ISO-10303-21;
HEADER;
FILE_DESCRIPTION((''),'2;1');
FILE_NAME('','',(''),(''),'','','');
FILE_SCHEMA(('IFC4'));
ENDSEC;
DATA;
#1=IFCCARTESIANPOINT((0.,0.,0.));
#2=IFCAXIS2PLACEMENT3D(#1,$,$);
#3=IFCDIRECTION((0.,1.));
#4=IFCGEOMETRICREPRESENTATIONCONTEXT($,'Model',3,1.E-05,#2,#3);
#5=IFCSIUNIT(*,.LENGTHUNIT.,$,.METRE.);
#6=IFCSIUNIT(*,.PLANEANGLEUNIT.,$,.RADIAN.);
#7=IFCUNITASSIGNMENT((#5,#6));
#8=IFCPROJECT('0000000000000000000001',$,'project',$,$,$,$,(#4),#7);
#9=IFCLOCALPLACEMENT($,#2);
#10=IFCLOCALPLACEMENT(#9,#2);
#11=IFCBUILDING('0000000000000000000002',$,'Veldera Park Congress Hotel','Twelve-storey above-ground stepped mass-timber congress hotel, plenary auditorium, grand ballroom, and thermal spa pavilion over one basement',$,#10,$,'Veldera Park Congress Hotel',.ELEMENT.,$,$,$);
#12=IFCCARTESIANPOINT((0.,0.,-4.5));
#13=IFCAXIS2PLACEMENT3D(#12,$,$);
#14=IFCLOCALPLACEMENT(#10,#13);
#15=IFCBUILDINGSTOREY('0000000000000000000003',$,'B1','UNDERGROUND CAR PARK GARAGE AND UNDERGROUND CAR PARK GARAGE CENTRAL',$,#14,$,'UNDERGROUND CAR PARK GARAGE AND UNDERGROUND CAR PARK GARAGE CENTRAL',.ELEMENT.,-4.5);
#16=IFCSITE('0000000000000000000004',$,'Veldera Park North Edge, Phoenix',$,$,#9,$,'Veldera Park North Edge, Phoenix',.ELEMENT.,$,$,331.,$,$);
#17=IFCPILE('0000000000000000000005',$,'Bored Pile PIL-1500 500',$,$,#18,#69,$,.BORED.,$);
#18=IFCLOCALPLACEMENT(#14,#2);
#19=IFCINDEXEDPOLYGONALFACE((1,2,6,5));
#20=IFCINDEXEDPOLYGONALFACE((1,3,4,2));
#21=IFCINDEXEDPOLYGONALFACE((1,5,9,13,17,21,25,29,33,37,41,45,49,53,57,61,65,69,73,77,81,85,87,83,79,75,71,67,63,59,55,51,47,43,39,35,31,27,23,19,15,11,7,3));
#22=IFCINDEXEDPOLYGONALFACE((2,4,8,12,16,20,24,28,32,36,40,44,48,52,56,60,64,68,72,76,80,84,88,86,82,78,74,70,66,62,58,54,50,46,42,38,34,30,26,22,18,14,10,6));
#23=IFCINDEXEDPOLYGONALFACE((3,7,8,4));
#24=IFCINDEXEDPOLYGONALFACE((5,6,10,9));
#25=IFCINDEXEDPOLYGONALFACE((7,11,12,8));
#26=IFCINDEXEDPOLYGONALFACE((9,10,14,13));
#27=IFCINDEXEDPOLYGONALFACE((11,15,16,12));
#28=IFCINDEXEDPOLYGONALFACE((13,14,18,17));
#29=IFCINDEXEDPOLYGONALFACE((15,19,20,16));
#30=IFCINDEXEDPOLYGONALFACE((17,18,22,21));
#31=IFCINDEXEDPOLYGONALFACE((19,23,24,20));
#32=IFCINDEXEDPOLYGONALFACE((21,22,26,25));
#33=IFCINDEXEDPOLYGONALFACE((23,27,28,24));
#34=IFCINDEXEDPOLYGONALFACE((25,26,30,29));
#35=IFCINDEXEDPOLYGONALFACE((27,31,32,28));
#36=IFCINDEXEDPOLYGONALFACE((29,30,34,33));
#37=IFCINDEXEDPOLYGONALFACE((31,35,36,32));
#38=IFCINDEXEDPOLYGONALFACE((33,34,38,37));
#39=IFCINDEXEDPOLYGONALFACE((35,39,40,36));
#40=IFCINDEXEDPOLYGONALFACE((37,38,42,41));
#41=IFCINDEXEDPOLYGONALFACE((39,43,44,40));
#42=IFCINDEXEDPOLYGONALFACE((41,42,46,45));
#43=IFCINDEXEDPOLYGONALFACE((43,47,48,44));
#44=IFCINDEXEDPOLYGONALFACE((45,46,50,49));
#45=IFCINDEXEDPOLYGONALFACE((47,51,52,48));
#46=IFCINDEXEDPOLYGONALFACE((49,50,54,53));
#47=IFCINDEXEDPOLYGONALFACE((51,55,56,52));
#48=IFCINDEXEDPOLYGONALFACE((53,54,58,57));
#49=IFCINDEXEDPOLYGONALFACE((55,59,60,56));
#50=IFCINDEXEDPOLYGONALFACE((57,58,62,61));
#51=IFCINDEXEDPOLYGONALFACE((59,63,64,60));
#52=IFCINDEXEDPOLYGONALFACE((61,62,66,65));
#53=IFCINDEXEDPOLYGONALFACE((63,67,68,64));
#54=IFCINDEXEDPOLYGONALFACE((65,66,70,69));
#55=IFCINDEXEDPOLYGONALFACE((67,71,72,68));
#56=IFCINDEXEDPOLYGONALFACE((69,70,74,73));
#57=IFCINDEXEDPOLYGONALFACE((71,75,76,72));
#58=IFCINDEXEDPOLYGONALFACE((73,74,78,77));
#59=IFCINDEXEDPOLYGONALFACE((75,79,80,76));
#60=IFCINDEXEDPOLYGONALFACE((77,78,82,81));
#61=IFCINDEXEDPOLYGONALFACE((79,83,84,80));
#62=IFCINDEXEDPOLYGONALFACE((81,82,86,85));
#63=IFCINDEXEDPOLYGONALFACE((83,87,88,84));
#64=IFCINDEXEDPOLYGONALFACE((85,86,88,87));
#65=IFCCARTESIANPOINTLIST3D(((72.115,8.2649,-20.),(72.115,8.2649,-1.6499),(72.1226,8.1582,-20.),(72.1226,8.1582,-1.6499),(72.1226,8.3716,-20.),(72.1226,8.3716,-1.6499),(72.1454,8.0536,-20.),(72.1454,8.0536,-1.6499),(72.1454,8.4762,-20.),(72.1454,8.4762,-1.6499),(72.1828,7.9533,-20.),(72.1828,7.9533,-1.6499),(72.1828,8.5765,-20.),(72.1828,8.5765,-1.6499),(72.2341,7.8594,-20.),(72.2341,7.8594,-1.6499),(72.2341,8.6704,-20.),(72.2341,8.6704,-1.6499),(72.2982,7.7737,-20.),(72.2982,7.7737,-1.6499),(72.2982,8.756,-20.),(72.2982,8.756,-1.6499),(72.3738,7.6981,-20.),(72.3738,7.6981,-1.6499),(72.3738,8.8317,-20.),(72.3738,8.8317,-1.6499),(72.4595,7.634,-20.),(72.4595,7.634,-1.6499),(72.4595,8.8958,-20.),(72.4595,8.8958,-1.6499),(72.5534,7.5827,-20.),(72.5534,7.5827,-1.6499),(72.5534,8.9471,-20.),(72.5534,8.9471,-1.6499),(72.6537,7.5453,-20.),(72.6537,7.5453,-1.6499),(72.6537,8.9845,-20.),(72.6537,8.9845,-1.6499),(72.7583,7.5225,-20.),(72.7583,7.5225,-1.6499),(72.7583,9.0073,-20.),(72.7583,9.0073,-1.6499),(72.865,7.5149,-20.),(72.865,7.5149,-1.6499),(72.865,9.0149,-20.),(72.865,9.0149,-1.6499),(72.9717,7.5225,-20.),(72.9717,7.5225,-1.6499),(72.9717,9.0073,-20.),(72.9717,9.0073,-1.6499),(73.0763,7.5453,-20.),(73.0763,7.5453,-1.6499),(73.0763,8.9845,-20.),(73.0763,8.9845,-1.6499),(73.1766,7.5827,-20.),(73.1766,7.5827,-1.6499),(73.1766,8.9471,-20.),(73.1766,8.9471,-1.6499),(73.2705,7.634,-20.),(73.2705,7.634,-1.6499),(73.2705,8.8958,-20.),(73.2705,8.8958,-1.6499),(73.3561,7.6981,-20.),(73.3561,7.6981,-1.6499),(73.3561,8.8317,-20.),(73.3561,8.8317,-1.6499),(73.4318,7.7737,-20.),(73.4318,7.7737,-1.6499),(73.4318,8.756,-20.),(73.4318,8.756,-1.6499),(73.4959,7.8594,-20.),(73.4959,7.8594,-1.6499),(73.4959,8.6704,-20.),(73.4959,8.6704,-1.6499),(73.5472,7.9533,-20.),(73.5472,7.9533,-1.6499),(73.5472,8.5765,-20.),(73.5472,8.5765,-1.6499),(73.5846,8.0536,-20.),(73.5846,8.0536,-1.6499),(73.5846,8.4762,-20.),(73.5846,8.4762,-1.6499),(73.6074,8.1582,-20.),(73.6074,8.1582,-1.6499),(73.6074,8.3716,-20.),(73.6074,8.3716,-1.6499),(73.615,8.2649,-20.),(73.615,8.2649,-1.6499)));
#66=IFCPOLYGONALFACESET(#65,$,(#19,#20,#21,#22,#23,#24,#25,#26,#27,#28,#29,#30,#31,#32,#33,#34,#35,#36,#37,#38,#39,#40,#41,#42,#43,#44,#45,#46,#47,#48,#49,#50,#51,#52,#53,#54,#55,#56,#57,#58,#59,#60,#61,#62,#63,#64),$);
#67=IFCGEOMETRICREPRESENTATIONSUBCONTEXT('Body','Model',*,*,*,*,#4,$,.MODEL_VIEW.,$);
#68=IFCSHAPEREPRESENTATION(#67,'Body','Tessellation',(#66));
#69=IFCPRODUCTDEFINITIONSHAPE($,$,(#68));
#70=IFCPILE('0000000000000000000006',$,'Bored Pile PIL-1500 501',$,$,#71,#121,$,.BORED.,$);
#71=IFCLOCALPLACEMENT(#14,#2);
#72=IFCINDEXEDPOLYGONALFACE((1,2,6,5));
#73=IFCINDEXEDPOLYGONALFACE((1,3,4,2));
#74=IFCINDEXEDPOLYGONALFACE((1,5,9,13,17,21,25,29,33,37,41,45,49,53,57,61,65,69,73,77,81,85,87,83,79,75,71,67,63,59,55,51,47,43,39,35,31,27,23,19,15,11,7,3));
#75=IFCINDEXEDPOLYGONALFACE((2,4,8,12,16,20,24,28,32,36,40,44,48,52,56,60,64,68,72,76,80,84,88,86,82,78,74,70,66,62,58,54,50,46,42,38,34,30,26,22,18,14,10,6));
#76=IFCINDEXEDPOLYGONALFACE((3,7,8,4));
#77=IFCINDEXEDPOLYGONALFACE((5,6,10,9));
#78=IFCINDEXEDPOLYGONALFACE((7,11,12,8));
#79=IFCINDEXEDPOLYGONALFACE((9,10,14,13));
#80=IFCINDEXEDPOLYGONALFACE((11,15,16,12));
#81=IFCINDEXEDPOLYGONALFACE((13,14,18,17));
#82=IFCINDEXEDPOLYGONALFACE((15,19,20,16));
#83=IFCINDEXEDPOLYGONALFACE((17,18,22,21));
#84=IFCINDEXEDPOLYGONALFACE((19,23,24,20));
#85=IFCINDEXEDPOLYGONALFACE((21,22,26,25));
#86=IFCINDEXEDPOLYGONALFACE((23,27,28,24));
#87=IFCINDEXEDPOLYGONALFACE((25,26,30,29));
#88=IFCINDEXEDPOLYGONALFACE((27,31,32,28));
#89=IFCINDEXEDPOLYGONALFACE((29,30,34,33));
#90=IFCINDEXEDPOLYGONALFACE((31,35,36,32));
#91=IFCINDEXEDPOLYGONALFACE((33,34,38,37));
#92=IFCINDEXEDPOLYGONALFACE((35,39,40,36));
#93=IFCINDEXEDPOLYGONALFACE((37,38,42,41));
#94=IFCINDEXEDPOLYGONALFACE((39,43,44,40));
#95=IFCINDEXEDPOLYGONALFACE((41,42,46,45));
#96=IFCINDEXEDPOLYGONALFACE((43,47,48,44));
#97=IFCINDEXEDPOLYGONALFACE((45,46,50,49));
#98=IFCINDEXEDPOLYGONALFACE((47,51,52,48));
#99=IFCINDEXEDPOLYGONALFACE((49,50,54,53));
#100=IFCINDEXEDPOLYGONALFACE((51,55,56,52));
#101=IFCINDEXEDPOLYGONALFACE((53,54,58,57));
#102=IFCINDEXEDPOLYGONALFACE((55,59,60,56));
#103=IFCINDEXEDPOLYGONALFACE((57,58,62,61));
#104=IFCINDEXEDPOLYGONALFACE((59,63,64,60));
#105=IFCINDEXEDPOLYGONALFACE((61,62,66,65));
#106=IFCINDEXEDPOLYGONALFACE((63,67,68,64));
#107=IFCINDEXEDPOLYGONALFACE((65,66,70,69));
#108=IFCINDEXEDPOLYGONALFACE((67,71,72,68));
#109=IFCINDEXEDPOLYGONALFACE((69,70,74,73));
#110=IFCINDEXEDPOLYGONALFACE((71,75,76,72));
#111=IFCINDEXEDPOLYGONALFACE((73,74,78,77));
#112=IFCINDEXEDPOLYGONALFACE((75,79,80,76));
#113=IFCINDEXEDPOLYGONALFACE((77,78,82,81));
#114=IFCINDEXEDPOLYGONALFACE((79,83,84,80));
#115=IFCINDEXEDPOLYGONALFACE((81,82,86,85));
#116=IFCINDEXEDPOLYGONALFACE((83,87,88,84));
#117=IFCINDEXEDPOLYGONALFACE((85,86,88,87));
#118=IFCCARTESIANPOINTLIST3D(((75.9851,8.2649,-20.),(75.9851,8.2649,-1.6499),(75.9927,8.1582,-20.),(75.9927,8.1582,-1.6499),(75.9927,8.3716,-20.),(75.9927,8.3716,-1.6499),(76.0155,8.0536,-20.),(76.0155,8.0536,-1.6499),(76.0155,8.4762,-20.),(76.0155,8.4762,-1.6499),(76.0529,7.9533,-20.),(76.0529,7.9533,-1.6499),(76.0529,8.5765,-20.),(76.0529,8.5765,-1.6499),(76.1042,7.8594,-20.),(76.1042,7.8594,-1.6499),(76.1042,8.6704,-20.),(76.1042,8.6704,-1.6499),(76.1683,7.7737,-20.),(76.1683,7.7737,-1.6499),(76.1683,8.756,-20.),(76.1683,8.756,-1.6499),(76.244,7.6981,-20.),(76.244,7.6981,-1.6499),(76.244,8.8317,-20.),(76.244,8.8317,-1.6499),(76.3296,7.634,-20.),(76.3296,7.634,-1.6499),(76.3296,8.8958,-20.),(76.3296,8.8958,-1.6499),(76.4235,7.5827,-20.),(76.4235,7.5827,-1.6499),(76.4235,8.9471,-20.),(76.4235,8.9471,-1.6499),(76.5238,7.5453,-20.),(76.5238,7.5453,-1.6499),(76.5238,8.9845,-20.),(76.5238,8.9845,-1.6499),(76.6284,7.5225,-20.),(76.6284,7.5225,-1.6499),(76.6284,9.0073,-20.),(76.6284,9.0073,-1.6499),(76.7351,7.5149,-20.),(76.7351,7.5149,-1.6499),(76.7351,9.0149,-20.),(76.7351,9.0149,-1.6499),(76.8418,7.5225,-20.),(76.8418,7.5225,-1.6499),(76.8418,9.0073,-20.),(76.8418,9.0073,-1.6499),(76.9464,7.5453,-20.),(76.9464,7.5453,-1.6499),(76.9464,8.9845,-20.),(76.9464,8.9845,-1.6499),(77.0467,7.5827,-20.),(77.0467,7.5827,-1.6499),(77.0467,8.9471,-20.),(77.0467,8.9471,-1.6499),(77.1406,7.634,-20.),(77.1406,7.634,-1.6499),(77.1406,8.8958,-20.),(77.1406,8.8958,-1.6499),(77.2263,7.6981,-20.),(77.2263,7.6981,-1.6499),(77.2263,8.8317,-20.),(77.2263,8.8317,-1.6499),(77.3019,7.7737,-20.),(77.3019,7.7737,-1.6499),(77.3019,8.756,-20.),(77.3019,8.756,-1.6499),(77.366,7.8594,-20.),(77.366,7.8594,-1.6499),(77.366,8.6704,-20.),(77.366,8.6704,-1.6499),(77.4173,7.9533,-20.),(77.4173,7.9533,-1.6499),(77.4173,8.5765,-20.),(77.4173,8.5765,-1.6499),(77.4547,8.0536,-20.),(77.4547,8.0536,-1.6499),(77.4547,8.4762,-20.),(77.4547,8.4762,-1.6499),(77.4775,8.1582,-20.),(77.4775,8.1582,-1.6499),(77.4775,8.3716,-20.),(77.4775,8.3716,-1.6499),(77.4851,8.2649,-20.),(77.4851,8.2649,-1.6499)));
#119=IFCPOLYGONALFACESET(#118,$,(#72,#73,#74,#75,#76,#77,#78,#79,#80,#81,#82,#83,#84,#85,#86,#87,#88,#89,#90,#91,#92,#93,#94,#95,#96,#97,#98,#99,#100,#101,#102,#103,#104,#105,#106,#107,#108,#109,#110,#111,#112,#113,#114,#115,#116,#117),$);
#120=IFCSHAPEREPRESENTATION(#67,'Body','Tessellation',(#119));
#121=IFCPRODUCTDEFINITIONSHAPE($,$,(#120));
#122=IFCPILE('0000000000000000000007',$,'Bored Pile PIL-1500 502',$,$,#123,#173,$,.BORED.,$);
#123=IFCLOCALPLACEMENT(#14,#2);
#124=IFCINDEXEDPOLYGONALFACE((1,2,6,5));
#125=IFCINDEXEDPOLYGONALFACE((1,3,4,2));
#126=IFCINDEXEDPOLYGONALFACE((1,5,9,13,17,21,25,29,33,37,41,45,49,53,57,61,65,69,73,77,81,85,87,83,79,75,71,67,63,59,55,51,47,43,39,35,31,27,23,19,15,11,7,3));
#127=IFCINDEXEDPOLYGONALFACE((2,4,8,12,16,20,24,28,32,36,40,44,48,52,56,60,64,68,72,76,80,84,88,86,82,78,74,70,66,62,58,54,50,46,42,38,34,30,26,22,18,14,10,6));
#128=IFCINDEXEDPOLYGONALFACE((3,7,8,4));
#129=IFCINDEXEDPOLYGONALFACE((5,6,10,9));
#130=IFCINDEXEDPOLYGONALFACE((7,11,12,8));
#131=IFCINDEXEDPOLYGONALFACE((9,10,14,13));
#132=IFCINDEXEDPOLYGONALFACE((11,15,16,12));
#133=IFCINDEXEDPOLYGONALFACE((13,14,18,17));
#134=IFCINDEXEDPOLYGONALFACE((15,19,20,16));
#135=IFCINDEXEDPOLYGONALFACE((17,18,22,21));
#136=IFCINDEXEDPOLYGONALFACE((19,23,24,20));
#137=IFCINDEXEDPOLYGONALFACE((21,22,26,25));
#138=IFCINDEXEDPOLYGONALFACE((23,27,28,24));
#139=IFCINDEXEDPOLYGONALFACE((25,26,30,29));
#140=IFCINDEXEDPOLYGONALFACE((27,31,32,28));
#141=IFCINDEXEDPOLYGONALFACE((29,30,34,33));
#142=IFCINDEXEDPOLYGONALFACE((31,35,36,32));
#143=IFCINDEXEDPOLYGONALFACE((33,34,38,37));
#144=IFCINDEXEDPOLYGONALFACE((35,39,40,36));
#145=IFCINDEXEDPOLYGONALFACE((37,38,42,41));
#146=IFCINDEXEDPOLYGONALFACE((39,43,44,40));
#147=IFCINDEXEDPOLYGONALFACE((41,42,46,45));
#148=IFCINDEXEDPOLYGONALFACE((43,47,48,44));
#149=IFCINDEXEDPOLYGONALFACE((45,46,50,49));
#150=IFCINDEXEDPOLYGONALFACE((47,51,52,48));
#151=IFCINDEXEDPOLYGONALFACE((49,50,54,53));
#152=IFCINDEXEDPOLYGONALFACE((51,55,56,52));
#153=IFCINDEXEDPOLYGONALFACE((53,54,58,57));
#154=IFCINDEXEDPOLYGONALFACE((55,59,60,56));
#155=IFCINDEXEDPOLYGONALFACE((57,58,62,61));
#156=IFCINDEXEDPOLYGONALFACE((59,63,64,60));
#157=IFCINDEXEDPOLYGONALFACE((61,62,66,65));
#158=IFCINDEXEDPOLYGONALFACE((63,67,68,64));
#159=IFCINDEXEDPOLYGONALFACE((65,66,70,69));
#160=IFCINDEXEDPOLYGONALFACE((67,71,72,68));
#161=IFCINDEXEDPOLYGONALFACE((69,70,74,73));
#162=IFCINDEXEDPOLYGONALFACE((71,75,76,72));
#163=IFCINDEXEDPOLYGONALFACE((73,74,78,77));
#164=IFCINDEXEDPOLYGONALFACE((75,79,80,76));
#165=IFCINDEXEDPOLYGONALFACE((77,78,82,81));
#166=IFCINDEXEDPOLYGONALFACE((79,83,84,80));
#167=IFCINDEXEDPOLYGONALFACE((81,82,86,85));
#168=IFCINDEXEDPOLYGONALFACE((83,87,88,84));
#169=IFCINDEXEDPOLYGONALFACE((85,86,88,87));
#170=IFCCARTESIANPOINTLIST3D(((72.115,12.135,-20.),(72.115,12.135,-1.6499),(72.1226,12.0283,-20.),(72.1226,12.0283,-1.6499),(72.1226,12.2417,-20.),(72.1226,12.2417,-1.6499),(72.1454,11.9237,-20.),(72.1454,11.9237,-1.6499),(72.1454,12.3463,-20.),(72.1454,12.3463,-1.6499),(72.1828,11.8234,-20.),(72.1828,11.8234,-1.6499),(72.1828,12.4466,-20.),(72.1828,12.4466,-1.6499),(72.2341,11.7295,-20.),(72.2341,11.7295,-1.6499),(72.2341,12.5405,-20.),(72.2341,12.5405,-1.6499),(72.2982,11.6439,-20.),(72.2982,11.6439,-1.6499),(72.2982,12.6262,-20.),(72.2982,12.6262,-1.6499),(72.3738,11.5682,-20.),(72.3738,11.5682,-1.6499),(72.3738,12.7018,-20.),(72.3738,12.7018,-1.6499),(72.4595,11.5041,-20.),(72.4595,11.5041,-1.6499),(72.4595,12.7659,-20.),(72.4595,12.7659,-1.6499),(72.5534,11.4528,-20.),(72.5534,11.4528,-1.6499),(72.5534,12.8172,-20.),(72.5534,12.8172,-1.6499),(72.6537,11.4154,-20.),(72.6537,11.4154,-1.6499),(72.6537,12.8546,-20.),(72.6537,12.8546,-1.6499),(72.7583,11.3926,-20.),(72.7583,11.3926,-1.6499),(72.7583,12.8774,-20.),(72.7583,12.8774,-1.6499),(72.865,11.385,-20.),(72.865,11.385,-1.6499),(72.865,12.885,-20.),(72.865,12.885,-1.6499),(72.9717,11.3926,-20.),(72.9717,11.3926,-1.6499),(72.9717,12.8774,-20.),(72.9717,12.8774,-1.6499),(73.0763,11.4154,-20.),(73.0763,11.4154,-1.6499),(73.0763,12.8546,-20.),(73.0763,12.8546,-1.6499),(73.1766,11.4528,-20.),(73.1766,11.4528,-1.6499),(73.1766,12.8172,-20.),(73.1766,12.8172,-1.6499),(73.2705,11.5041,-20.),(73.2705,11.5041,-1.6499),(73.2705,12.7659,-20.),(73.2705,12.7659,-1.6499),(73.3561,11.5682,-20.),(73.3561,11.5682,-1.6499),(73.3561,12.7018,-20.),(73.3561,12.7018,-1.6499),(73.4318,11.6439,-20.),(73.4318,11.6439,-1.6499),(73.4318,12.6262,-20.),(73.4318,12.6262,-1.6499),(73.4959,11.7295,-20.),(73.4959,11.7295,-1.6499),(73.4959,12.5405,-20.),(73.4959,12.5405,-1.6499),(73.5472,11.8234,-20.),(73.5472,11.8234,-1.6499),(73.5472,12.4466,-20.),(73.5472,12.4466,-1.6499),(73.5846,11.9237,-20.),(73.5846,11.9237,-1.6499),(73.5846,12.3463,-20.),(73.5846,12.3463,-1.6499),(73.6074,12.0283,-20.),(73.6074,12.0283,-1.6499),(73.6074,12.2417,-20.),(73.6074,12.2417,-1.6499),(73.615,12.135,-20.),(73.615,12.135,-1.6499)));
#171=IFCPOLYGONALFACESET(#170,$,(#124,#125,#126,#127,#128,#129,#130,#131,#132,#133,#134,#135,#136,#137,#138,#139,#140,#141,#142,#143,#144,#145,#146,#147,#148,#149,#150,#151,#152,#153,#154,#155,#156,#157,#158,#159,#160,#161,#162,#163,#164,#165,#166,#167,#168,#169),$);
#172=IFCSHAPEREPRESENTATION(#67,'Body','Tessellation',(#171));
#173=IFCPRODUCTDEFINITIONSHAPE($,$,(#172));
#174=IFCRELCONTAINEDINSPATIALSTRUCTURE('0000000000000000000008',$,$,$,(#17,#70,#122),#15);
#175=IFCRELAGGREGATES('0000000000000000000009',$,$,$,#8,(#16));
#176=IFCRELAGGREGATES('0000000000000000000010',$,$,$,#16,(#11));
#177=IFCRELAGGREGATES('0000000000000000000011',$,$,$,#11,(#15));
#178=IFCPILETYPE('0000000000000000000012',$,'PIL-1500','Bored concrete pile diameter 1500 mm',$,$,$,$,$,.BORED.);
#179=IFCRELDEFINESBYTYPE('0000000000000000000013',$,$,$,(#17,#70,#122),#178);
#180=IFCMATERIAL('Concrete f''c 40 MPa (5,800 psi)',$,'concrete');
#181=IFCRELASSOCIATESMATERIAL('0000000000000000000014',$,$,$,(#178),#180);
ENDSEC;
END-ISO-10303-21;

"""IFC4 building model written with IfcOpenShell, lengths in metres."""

from ifc_helpers import new_model, si_unit, direction, frame, origin, origin_2d, place, context, subcontext, project, spatial, circle, extrude, material, material_profile, profile_set, type_object, element, save


model = new_model("IFC4")

# Units and contexts
model_context = context("Model", 3, precision=1e-05, world=origin(), true_north=direction((0.0, 1.0)))
body_context = subcontext(model_context, "Body", "Model", "MODEL_VIEW")
ifc_project = project(units=[si_unit("LENGTHUNIT", "METRE"), si_unit("PLANEANGLEUNIT", "RADIAN")], contexts=[model_context])

# Site, building, storey
site_placement = place(None, origin())
site = spatial("IfcSite", under=ifc_project, at=site_placement, Name="Veldera Park North Edge, Phoenix", LongName="Veldera Park North Edge, Phoenix", CompositionType="ELEMENT", RefElevation=331.0)
building_placement = place(site_placement, origin())
building = spatial("IfcBuilding", under=site, at=building_placement, Name="Veldera Park Congress Hotel", Description="Twelve-storey above-ground stepped mass-timber congress hotel, plenary auditorium, grand ballroom, and thermal spa pavilion over one basement", LongName="Veldera Park Congress Hotel", CompositionType="ELEMENT")
storey_placement = place(building_placement, frame((0.0, 0.0, -4.5)))
storey = spatial("IfcBuildingStorey", under=building, at=storey_placement, Name="B1", Description="UNDERGROUND CAR PARK GARAGE AND UNDERGROUND CAR PARK GARAGE CENTRAL", LongName="UNDERGROUND CAR PARK GARAGE AND UNDERGROUND CAR PARK GARAGE CENTRAL", CompositionType="ELEMENT", Elevation=-4.5)

# Shared definitions
ifc_material_1 = material(Name="Concrete f'c 40 MPa (5,800 psi)", Category="concrete")

# Piles
ifc_material_profile_1 = material_profile(ifc_material_1, circle(Radius=0.75, at=origin_2d()), Name="PILE D1500")
ifc_profile_set_1 = profile_set([ifc_material_profile_1], Name="Concrete f'c 40 MPa (5,800 psi)")
pile_type_1 = type_object("IfcPileType", Name="PIL-1500", Description="Bored concrete pile diameter 1500 mm", PredefinedType="BORED", material=ifc_profile_set_1)
for number, where, z_axis, x_axis, name in (
    (1, (72.865, 8.2649, -1.6499), (0.0, 0.0, -1.0), (1.0, 0.0, 0.0), "Bored Pile PIL-1500 500"),
    (2, (76.7351, 8.2649, -1.6499), (0.0, 0.0, -1.0), (1.0, 0.0, 0.0), "Bored Pile PIL-1500 501"),
    (3, (72.865, 12.135, -1.6499), (0.0, 0.0, -1.0), (1.0, 0.0, 0.0), "Bored Pile PIL-1500 502"),
):
    element("IfcPile", number, at=place(storey_placement, frame(where, z_axis=z_axis, x_axis=x_axis)), inside=storey, type_object=pile_type_1, Name=name, PredefinedType="BORED", context=body_context, shape_type="SweptSolid", body=[
        extrude(circle(Radius=0.75, at=origin_2d()), origin(), (0.0, 0.0, 1.0), 18.3501),
    ])

save(model, "model.ifc")
